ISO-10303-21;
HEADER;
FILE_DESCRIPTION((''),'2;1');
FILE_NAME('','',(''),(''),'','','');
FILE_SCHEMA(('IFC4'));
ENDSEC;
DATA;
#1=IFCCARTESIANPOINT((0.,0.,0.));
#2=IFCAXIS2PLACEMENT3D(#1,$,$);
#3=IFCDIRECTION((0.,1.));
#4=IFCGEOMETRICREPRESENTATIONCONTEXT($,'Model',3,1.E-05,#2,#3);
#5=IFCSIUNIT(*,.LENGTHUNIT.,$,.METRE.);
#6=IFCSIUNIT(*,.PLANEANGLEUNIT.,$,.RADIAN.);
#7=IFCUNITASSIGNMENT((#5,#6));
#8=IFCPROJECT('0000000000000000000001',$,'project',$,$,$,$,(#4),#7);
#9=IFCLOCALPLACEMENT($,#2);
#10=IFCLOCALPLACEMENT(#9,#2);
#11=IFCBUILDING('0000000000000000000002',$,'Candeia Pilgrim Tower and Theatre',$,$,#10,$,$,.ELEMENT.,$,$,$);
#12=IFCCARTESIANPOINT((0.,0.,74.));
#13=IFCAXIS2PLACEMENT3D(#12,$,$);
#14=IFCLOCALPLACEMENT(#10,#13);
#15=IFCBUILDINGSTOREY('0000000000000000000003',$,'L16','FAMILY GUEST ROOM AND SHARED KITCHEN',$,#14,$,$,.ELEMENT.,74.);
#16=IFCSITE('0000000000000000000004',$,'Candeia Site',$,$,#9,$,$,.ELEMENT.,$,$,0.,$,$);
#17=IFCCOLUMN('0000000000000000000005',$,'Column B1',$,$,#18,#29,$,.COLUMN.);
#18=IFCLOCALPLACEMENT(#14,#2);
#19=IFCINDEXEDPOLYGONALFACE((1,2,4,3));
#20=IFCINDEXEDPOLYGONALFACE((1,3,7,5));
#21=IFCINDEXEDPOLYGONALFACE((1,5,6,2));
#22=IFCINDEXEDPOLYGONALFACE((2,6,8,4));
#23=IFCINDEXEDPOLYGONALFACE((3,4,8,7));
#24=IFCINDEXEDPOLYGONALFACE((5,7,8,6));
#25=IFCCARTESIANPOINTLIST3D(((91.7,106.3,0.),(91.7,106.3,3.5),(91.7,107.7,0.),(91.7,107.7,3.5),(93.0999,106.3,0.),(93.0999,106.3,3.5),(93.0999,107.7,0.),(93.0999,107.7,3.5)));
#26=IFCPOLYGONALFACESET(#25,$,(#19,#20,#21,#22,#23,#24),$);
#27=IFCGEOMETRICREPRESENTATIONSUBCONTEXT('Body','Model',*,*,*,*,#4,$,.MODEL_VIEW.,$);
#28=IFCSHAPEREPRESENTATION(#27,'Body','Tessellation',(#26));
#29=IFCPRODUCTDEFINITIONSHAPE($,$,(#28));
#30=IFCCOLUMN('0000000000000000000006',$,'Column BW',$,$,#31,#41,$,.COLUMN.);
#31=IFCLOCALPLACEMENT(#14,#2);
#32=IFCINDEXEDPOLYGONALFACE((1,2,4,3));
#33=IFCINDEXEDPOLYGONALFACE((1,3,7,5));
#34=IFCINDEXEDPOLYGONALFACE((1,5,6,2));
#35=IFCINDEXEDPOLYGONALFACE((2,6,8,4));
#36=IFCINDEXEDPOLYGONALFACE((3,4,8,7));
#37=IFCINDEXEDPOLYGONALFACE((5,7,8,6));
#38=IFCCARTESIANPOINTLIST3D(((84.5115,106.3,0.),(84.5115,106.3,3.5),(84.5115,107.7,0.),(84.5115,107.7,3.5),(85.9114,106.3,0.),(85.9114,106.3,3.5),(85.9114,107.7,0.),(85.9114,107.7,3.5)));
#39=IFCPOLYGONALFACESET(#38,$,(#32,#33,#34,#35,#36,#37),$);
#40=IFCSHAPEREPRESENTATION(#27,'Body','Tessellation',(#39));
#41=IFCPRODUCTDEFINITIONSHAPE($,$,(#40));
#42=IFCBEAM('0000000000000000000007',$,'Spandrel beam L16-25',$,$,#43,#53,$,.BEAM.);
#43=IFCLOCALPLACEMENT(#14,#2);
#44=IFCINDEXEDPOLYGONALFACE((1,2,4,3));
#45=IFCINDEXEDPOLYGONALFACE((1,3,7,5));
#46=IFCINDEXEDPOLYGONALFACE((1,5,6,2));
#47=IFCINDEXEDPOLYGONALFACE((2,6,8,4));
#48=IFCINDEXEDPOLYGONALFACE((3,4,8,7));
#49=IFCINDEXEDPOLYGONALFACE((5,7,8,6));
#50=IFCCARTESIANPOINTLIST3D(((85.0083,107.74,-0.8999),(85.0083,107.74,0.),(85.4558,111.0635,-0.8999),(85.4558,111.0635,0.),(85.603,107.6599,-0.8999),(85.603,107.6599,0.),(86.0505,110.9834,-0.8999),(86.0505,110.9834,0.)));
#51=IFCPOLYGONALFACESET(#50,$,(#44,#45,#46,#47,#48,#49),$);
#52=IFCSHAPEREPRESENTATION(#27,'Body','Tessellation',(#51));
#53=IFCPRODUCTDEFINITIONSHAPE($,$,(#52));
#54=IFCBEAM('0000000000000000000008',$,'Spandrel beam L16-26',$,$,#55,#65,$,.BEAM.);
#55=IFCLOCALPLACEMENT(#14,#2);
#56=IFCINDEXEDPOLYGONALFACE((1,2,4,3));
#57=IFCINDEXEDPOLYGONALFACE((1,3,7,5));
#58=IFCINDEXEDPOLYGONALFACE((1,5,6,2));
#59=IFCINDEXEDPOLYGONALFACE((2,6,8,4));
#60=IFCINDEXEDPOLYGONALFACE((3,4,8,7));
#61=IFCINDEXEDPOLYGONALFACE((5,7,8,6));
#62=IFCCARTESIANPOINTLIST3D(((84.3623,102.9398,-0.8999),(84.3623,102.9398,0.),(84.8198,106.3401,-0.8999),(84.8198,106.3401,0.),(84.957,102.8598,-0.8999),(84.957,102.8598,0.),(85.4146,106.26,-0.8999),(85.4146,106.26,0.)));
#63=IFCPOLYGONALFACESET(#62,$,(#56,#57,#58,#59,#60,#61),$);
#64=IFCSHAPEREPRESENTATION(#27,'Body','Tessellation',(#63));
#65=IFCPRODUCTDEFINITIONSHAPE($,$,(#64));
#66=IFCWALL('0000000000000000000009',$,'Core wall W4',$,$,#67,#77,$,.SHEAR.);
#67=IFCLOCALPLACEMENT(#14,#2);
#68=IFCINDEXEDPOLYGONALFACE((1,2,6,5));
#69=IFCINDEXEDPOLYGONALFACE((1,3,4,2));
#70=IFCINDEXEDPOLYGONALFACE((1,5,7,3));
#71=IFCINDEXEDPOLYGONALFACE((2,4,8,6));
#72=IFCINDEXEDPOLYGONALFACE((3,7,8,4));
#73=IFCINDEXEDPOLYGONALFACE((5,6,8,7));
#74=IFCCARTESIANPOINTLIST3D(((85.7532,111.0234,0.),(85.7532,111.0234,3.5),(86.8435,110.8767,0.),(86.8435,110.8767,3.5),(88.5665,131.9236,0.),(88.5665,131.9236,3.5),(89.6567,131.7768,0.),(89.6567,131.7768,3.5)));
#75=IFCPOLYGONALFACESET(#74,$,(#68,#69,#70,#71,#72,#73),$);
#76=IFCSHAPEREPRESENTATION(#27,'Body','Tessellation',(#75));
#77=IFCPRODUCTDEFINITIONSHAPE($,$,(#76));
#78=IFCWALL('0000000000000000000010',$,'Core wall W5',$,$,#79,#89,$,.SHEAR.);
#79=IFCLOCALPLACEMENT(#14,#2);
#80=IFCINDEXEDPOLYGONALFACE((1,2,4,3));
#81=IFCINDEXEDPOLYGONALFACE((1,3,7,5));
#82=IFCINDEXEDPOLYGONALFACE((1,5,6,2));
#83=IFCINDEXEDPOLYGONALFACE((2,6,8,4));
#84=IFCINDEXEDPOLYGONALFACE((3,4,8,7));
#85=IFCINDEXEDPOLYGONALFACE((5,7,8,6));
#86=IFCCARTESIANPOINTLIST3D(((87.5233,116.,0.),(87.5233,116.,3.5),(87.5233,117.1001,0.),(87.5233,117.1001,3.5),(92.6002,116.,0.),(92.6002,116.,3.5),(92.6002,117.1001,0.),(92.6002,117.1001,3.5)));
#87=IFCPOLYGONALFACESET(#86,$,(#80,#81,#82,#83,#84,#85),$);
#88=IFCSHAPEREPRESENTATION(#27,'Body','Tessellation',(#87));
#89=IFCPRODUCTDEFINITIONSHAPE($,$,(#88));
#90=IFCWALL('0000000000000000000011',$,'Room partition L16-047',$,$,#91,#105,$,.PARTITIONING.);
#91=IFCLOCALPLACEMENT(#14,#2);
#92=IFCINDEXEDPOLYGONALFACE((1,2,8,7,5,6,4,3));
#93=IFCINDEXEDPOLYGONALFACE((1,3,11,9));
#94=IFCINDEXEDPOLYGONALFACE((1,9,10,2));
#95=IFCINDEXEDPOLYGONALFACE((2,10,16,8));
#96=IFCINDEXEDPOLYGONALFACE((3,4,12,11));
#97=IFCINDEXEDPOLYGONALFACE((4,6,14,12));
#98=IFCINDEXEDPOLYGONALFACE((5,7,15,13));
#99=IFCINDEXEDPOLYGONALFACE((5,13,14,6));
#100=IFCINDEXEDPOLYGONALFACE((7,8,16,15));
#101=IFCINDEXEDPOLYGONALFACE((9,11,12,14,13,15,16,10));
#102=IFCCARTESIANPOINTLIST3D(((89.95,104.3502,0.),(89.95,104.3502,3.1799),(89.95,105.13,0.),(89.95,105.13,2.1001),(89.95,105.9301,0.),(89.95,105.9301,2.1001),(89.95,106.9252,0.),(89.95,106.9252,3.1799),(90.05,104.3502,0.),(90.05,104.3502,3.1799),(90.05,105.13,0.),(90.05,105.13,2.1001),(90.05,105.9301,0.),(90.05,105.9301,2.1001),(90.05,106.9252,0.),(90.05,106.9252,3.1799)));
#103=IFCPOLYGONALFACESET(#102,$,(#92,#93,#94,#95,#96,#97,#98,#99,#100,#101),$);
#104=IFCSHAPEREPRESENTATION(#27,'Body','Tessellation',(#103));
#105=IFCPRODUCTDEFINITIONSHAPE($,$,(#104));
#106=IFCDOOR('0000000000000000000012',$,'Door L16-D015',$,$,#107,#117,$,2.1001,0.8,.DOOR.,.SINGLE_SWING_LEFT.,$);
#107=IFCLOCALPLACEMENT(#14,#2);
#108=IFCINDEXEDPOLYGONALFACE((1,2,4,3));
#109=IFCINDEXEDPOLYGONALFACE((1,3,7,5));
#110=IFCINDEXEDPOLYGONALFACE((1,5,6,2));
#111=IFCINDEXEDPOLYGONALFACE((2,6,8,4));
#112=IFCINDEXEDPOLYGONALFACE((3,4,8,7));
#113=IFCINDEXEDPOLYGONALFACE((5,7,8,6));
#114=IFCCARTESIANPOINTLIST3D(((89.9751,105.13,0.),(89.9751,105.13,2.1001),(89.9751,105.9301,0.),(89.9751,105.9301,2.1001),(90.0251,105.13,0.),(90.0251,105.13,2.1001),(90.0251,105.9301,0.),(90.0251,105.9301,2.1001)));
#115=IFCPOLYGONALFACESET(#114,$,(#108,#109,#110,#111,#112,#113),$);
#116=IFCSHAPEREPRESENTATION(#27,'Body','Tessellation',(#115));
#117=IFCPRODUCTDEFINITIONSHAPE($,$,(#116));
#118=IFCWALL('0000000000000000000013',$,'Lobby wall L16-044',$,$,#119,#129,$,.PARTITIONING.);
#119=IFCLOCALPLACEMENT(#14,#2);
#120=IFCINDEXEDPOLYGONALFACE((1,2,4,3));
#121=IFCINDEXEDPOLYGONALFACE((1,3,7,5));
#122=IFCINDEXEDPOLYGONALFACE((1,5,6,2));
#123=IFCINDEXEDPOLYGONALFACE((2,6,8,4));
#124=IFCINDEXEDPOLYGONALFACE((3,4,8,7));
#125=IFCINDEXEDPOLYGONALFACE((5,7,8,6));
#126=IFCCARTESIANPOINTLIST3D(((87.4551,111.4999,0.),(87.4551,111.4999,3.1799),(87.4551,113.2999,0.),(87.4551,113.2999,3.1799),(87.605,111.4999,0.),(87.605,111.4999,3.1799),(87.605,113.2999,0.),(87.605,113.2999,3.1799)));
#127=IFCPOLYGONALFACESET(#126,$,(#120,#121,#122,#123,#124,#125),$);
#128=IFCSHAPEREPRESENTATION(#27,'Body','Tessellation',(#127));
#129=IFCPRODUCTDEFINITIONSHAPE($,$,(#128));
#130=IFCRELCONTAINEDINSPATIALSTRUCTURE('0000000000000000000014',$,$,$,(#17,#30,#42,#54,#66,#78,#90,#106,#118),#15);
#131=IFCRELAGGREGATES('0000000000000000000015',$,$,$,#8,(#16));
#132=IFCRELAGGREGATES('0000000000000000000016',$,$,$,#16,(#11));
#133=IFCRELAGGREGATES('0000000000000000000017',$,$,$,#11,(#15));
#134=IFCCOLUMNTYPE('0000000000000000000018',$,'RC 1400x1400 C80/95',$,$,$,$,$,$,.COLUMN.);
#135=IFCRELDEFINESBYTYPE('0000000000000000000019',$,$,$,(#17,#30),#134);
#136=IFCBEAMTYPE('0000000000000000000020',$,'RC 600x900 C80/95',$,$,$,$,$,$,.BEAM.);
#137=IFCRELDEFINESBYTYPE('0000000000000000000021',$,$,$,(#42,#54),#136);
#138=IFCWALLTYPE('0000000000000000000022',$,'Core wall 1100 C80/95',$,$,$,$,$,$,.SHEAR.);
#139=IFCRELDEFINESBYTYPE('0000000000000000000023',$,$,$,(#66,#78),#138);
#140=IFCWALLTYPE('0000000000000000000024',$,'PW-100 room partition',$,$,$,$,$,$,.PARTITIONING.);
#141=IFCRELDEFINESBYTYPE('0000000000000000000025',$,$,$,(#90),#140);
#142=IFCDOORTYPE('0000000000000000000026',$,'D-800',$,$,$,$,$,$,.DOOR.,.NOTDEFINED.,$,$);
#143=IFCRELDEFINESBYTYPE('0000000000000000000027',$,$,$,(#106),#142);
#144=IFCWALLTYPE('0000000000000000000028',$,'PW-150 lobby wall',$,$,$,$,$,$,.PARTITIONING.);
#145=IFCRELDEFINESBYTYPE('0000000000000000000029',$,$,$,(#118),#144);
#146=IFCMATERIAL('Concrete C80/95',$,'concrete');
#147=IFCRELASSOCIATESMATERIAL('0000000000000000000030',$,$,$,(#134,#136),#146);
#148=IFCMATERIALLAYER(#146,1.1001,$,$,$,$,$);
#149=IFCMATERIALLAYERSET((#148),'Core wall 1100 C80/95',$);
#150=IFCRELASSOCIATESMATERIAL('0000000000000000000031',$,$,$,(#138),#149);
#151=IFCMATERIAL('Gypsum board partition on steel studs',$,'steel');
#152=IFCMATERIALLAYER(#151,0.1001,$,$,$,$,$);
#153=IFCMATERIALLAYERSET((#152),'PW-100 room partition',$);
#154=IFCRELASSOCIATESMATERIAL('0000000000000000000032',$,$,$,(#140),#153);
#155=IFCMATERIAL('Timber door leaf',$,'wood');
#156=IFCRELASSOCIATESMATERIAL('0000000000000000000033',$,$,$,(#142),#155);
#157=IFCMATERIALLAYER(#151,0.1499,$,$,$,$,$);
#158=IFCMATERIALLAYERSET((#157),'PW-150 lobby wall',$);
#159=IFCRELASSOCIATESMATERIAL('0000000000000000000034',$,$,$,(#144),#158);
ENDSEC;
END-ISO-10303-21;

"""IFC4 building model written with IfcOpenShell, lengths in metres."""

from ifc_helpers import new_model, si_unit, direction, frame, frame_2d, origin, origin_2d, place, context, subcontext, project, spatial, rectangle, extrude, material, layer, layer_set, material_profile, profile_set, type_object, element, fill, save


model = new_model("IFC4")

# Units and contexts
model_context = context("Model", 3, precision=1e-05, world=origin(), true_north=direction((0.0, 1.0)))
body_context = subcontext(model_context, "Body", "Model", "MODEL_VIEW")
ifc_project = project(units=[si_unit("LENGTHUNIT", "METRE"), si_unit("PLANEANGLEUNIT", "RADIAN")], contexts=[model_context])

# Site, building, storey
site_placement = place(None, origin())
site = spatial("IfcSite", under=ifc_project, at=site_placement, Name="Candeia Site", CompositionType="ELEMENT", RefElevation=0.0)
building_placement = place(site_placement, origin())
building = spatial("IfcBuilding", under=site, at=building_placement, Name="Candeia Pilgrim Tower and Theatre", CompositionType="ELEMENT")
storey_placement = place(building_placement, frame((0.0, 0.0, 74.0)))
storey = spatial("IfcBuildingStorey", under=building, at=storey_placement, Name="L16", Description="FAMILY GUEST ROOM AND SHARED KITCHEN", CompositionType="ELEMENT", Elevation=74.0)

# Columns
ifc_material_1 = material(Name="Concrete C80/95", Category="concrete")
ifc_material_profile_1 = material_profile(ifc_material_1, rectangle(XDim=1.3999, YDim=1.3999, at=origin_2d()))
ifc_profile_set_1 = profile_set([ifc_material_profile_1], Name="Concrete C80/95")
column_type = type_object("IfcColumnType", Name="RC 1400x1400 C80/95", PredefinedType="COLUMN", material=ifc_profile_set_1)
for number, where, z_axis, x_axis, name in (
    (1, (92.3999, 107.0, 0.0), (0.0, 0.0, 1.0), (1.0, 0.0, 0.0), "Column B1"),
    (2, (85.2114, 107.0, 0.0), (0.0, 0.0, 1.0), (1.0, 0.0, 0.0), "Column BW"),
):
    element("IfcColumn", number, at=place(storey_placement, frame(where, z_axis=z_axis, x_axis=x_axis)), inside=storey, type_object=column_type, Name=name, PredefinedType="COLUMN", context=body_context, shape_type="SweptSolid", body=[
        extrude(rectangle(XDim=1.3999, YDim=1.3999, at=origin_2d()), origin(), (0.0, 0.0, 1.0), 3.5),
    ])

# Beams
ifc_material_profile_2 = material_profile(ifc_material_1, rectangle(XDim=0.6001, YDim=0.8999, at=origin_2d()))
ifc_profile_set_2 = profile_set([ifc_material_profile_2], Name="Concrete C80/95")
beam_type = type_object("IfcBeamType", Name="RC 600x900 C80/95", PredefinedType="BEAM", material=ifc_profile_set_2)
beam_1_placement = place(storey_placement, frame((85.7532, 111.0234, -0.45), z_axis=(-0.133446, -0.991056, 0.0), x_axis=(0.991056, -0.133446, 0.0)))
element("IfcBeam", 3, at=beam_1_placement, inside=storey, type_object=beam_type, Name="Spandrel beam L16-25", PredefinedType="BEAM", context=body_context, shape_type="SweptSolid", body=[
    extrude(rectangle(XDim=0.6001, YDim=0.8999, at=origin_2d()), origin(), (0.0, 0.0, 1.0), 3.3535),
])
beam_2_placement = place(storey_placement, frame((85.1172, 106.3, -0.45), z_axis=(-0.133357, -0.991068, 0.0), x_axis=(0.991068, -0.133357, 0.0)))
element("IfcBeam", 4, at=beam_2_placement, inside=storey, type_object=beam_type, Name="Spandrel beam L16-26", PredefinedType="BEAM", context=body_context, shape_type="SweptSolid", body=[
    extrude(rectangle(XDim=0.6001, YDim=0.8999, at=origin_2d()), origin(), (0.0, 0.0, 1.0), 3.4309),
])

# Walls
ifc_layer_1 = layer(ifc_material_1, 1.1001)
ifc_layer_set_1 = layer_set([ifc_layer_1], Name="Core wall 1100 C80/95")
wall_type_1 = type_object("IfcWallType", Name="Core wall 1100 C80/95", PredefinedType="SHEAR", material=ifc_layer_set_1)
wall_1_placement = place(storey_placement, frame((86.2983, 110.95, 0.0), z_axis=(0.0, 0.0, 1.0), x_axis=(0.1334, 0.991062, 0.0)))
element("IfcWall", 5, at=wall_1_placement, inside=storey, type_object=wall_type_1, Name="Core wall W4", PredefinedType="SHEAR", context=body_context, shape_type="SweptSolid", body=[
    extrude(rectangle(XDim=21.0886, YDim=1.1001, at=frame_2d((10.5444, 0.0))), origin(), (0.0, 0.0, 1.0), 3.5),
])
wall_2_placement = place(storey_placement, frame((87.5232, 116.55, 0.0), z_axis=(0.0, 0.0, 1.0), x_axis=(1.0, 0.0, 0.0)))
element("IfcWall", 6, at=wall_2_placement, inside=storey, type_object=wall_type_1, Name="Core wall W5", PredefinedType="SHEAR", context=body_context, shape_type="SweptSolid", body=[
    extrude(rectangle(XDim=5.0769, YDim=1.1001, at=frame_2d((2.5386, 0.0))), origin(), (0.0, 0.0, 1.0), 3.5),
])

# Wall, opening, door
ifc_material_2 = material(Name="Gypsum board partition on steel studs", Category="steel")
ifc_layer_2 = layer(ifc_material_2, 0.1001)
ifc_layer_set_2 = layer_set([ifc_layer_2], Name="PW-100 room partition")
wall_type_2 = type_object("IfcWallType", Name="PW-100 room partition", PredefinedType="PARTITIONING", material=ifc_layer_set_2)
wall_3_placement = place(storey_placement, frame((90.0, 104.3501, 0.0), z_axis=(0.0, 0.0, 1.0), x_axis=(0.0, 1.0, 0.0)))
wall_3 = element("IfcWall", 7, at=wall_3_placement, inside=storey, type_object=wall_type_2, Name="Room partition L16-047", PredefinedType="PARTITIONING", context=body_context, shape_type="SweptSolid", body=[
    extrude(rectangle(XDim=2.575, YDim=0.1001, at=frame_2d((1.2876, 0.0))), origin(), (0.0, 0.0, 1.0), 3.1799),
])
opening_1_placement = place(wall_3_placement, frame((0.78, 0.0, 0.0)))
opening_1 = element("IfcOpeningElement", 8, at=opening_1_placement, cuts=wall_3, PredefinedType="OPENING", context=body_context, shape_type="SweptSolid", body=[
    extrude(rectangle(XDim=0.8, YDim=2.1001, at=frame_2d((0.3999, 1.05))), frame((0.0, 0.0601, 0.0), z_axis=(0.0, -1.0, 0.0), x_axis=(1.0, 0.0, 0.0)), (0.0, 0.0, 1.0), 0.1201),
])
ifc_material_3 = material(Name="Timber door leaf", Category="wood")
door_type_1 = type_object("IfcDoorType", Name="D-800", OperationType="NOTDEFINED", PredefinedType="DOOR", material=ifc_material_3)
door_1_placement = place(opening_1_placement, origin())
door_1 = element("IfcDoor", 9, at=door_1_placement, inside=storey, type_object=door_type_1, Name="Door L16-D015", OperationType="SINGLE_SWING_LEFT", OverallHeight=2.1001, OverallWidth=0.8, PredefinedType="DOOR", context=body_context, shape_type="SweptSolid", body=[
    extrude(rectangle(XDim=0.8, YDim=2.1001, at=frame_2d((0.3999, 1.05))), frame((0.0, 0.0249, 0.0), z_axis=(0.0, -1.0, 0.0), x_axis=(1.0, 0.0, 0.0)), (0.0, 0.0, 1.0), 0.05),
])
fill(opening_1, door_1)

# Wall
ifc_layer_3 = layer(ifc_material_2, 0.1499)
ifc_layer_set_3 = layer_set([ifc_layer_3], Name="PW-150 lobby wall")
wall_type_3 = type_object("IfcWallType", Name="PW-150 lobby wall", PredefinedType="PARTITIONING", material=ifc_layer_set_3)
wall_4_placement = place(storey_placement, frame((87.53, 111.5, 0.0), z_axis=(0.0, 0.0, 1.0), x_axis=(0.0, 1.0, 0.0)))
element("IfcWall", 10, at=wall_4_placement, inside=storey, type_object=wall_type_3, Name="Lobby wall L16-044", PredefinedType="PARTITIONING", context=body_context, shape_type="SweptSolid", body=[
    extrude(rectangle(XDim=1.8, YDim=0.1499, at=frame_2d((0.8999, 0.0))), origin(), (0.0, 0.0, 1.0), 3.1799),
])

save(model, "model.ifc")
